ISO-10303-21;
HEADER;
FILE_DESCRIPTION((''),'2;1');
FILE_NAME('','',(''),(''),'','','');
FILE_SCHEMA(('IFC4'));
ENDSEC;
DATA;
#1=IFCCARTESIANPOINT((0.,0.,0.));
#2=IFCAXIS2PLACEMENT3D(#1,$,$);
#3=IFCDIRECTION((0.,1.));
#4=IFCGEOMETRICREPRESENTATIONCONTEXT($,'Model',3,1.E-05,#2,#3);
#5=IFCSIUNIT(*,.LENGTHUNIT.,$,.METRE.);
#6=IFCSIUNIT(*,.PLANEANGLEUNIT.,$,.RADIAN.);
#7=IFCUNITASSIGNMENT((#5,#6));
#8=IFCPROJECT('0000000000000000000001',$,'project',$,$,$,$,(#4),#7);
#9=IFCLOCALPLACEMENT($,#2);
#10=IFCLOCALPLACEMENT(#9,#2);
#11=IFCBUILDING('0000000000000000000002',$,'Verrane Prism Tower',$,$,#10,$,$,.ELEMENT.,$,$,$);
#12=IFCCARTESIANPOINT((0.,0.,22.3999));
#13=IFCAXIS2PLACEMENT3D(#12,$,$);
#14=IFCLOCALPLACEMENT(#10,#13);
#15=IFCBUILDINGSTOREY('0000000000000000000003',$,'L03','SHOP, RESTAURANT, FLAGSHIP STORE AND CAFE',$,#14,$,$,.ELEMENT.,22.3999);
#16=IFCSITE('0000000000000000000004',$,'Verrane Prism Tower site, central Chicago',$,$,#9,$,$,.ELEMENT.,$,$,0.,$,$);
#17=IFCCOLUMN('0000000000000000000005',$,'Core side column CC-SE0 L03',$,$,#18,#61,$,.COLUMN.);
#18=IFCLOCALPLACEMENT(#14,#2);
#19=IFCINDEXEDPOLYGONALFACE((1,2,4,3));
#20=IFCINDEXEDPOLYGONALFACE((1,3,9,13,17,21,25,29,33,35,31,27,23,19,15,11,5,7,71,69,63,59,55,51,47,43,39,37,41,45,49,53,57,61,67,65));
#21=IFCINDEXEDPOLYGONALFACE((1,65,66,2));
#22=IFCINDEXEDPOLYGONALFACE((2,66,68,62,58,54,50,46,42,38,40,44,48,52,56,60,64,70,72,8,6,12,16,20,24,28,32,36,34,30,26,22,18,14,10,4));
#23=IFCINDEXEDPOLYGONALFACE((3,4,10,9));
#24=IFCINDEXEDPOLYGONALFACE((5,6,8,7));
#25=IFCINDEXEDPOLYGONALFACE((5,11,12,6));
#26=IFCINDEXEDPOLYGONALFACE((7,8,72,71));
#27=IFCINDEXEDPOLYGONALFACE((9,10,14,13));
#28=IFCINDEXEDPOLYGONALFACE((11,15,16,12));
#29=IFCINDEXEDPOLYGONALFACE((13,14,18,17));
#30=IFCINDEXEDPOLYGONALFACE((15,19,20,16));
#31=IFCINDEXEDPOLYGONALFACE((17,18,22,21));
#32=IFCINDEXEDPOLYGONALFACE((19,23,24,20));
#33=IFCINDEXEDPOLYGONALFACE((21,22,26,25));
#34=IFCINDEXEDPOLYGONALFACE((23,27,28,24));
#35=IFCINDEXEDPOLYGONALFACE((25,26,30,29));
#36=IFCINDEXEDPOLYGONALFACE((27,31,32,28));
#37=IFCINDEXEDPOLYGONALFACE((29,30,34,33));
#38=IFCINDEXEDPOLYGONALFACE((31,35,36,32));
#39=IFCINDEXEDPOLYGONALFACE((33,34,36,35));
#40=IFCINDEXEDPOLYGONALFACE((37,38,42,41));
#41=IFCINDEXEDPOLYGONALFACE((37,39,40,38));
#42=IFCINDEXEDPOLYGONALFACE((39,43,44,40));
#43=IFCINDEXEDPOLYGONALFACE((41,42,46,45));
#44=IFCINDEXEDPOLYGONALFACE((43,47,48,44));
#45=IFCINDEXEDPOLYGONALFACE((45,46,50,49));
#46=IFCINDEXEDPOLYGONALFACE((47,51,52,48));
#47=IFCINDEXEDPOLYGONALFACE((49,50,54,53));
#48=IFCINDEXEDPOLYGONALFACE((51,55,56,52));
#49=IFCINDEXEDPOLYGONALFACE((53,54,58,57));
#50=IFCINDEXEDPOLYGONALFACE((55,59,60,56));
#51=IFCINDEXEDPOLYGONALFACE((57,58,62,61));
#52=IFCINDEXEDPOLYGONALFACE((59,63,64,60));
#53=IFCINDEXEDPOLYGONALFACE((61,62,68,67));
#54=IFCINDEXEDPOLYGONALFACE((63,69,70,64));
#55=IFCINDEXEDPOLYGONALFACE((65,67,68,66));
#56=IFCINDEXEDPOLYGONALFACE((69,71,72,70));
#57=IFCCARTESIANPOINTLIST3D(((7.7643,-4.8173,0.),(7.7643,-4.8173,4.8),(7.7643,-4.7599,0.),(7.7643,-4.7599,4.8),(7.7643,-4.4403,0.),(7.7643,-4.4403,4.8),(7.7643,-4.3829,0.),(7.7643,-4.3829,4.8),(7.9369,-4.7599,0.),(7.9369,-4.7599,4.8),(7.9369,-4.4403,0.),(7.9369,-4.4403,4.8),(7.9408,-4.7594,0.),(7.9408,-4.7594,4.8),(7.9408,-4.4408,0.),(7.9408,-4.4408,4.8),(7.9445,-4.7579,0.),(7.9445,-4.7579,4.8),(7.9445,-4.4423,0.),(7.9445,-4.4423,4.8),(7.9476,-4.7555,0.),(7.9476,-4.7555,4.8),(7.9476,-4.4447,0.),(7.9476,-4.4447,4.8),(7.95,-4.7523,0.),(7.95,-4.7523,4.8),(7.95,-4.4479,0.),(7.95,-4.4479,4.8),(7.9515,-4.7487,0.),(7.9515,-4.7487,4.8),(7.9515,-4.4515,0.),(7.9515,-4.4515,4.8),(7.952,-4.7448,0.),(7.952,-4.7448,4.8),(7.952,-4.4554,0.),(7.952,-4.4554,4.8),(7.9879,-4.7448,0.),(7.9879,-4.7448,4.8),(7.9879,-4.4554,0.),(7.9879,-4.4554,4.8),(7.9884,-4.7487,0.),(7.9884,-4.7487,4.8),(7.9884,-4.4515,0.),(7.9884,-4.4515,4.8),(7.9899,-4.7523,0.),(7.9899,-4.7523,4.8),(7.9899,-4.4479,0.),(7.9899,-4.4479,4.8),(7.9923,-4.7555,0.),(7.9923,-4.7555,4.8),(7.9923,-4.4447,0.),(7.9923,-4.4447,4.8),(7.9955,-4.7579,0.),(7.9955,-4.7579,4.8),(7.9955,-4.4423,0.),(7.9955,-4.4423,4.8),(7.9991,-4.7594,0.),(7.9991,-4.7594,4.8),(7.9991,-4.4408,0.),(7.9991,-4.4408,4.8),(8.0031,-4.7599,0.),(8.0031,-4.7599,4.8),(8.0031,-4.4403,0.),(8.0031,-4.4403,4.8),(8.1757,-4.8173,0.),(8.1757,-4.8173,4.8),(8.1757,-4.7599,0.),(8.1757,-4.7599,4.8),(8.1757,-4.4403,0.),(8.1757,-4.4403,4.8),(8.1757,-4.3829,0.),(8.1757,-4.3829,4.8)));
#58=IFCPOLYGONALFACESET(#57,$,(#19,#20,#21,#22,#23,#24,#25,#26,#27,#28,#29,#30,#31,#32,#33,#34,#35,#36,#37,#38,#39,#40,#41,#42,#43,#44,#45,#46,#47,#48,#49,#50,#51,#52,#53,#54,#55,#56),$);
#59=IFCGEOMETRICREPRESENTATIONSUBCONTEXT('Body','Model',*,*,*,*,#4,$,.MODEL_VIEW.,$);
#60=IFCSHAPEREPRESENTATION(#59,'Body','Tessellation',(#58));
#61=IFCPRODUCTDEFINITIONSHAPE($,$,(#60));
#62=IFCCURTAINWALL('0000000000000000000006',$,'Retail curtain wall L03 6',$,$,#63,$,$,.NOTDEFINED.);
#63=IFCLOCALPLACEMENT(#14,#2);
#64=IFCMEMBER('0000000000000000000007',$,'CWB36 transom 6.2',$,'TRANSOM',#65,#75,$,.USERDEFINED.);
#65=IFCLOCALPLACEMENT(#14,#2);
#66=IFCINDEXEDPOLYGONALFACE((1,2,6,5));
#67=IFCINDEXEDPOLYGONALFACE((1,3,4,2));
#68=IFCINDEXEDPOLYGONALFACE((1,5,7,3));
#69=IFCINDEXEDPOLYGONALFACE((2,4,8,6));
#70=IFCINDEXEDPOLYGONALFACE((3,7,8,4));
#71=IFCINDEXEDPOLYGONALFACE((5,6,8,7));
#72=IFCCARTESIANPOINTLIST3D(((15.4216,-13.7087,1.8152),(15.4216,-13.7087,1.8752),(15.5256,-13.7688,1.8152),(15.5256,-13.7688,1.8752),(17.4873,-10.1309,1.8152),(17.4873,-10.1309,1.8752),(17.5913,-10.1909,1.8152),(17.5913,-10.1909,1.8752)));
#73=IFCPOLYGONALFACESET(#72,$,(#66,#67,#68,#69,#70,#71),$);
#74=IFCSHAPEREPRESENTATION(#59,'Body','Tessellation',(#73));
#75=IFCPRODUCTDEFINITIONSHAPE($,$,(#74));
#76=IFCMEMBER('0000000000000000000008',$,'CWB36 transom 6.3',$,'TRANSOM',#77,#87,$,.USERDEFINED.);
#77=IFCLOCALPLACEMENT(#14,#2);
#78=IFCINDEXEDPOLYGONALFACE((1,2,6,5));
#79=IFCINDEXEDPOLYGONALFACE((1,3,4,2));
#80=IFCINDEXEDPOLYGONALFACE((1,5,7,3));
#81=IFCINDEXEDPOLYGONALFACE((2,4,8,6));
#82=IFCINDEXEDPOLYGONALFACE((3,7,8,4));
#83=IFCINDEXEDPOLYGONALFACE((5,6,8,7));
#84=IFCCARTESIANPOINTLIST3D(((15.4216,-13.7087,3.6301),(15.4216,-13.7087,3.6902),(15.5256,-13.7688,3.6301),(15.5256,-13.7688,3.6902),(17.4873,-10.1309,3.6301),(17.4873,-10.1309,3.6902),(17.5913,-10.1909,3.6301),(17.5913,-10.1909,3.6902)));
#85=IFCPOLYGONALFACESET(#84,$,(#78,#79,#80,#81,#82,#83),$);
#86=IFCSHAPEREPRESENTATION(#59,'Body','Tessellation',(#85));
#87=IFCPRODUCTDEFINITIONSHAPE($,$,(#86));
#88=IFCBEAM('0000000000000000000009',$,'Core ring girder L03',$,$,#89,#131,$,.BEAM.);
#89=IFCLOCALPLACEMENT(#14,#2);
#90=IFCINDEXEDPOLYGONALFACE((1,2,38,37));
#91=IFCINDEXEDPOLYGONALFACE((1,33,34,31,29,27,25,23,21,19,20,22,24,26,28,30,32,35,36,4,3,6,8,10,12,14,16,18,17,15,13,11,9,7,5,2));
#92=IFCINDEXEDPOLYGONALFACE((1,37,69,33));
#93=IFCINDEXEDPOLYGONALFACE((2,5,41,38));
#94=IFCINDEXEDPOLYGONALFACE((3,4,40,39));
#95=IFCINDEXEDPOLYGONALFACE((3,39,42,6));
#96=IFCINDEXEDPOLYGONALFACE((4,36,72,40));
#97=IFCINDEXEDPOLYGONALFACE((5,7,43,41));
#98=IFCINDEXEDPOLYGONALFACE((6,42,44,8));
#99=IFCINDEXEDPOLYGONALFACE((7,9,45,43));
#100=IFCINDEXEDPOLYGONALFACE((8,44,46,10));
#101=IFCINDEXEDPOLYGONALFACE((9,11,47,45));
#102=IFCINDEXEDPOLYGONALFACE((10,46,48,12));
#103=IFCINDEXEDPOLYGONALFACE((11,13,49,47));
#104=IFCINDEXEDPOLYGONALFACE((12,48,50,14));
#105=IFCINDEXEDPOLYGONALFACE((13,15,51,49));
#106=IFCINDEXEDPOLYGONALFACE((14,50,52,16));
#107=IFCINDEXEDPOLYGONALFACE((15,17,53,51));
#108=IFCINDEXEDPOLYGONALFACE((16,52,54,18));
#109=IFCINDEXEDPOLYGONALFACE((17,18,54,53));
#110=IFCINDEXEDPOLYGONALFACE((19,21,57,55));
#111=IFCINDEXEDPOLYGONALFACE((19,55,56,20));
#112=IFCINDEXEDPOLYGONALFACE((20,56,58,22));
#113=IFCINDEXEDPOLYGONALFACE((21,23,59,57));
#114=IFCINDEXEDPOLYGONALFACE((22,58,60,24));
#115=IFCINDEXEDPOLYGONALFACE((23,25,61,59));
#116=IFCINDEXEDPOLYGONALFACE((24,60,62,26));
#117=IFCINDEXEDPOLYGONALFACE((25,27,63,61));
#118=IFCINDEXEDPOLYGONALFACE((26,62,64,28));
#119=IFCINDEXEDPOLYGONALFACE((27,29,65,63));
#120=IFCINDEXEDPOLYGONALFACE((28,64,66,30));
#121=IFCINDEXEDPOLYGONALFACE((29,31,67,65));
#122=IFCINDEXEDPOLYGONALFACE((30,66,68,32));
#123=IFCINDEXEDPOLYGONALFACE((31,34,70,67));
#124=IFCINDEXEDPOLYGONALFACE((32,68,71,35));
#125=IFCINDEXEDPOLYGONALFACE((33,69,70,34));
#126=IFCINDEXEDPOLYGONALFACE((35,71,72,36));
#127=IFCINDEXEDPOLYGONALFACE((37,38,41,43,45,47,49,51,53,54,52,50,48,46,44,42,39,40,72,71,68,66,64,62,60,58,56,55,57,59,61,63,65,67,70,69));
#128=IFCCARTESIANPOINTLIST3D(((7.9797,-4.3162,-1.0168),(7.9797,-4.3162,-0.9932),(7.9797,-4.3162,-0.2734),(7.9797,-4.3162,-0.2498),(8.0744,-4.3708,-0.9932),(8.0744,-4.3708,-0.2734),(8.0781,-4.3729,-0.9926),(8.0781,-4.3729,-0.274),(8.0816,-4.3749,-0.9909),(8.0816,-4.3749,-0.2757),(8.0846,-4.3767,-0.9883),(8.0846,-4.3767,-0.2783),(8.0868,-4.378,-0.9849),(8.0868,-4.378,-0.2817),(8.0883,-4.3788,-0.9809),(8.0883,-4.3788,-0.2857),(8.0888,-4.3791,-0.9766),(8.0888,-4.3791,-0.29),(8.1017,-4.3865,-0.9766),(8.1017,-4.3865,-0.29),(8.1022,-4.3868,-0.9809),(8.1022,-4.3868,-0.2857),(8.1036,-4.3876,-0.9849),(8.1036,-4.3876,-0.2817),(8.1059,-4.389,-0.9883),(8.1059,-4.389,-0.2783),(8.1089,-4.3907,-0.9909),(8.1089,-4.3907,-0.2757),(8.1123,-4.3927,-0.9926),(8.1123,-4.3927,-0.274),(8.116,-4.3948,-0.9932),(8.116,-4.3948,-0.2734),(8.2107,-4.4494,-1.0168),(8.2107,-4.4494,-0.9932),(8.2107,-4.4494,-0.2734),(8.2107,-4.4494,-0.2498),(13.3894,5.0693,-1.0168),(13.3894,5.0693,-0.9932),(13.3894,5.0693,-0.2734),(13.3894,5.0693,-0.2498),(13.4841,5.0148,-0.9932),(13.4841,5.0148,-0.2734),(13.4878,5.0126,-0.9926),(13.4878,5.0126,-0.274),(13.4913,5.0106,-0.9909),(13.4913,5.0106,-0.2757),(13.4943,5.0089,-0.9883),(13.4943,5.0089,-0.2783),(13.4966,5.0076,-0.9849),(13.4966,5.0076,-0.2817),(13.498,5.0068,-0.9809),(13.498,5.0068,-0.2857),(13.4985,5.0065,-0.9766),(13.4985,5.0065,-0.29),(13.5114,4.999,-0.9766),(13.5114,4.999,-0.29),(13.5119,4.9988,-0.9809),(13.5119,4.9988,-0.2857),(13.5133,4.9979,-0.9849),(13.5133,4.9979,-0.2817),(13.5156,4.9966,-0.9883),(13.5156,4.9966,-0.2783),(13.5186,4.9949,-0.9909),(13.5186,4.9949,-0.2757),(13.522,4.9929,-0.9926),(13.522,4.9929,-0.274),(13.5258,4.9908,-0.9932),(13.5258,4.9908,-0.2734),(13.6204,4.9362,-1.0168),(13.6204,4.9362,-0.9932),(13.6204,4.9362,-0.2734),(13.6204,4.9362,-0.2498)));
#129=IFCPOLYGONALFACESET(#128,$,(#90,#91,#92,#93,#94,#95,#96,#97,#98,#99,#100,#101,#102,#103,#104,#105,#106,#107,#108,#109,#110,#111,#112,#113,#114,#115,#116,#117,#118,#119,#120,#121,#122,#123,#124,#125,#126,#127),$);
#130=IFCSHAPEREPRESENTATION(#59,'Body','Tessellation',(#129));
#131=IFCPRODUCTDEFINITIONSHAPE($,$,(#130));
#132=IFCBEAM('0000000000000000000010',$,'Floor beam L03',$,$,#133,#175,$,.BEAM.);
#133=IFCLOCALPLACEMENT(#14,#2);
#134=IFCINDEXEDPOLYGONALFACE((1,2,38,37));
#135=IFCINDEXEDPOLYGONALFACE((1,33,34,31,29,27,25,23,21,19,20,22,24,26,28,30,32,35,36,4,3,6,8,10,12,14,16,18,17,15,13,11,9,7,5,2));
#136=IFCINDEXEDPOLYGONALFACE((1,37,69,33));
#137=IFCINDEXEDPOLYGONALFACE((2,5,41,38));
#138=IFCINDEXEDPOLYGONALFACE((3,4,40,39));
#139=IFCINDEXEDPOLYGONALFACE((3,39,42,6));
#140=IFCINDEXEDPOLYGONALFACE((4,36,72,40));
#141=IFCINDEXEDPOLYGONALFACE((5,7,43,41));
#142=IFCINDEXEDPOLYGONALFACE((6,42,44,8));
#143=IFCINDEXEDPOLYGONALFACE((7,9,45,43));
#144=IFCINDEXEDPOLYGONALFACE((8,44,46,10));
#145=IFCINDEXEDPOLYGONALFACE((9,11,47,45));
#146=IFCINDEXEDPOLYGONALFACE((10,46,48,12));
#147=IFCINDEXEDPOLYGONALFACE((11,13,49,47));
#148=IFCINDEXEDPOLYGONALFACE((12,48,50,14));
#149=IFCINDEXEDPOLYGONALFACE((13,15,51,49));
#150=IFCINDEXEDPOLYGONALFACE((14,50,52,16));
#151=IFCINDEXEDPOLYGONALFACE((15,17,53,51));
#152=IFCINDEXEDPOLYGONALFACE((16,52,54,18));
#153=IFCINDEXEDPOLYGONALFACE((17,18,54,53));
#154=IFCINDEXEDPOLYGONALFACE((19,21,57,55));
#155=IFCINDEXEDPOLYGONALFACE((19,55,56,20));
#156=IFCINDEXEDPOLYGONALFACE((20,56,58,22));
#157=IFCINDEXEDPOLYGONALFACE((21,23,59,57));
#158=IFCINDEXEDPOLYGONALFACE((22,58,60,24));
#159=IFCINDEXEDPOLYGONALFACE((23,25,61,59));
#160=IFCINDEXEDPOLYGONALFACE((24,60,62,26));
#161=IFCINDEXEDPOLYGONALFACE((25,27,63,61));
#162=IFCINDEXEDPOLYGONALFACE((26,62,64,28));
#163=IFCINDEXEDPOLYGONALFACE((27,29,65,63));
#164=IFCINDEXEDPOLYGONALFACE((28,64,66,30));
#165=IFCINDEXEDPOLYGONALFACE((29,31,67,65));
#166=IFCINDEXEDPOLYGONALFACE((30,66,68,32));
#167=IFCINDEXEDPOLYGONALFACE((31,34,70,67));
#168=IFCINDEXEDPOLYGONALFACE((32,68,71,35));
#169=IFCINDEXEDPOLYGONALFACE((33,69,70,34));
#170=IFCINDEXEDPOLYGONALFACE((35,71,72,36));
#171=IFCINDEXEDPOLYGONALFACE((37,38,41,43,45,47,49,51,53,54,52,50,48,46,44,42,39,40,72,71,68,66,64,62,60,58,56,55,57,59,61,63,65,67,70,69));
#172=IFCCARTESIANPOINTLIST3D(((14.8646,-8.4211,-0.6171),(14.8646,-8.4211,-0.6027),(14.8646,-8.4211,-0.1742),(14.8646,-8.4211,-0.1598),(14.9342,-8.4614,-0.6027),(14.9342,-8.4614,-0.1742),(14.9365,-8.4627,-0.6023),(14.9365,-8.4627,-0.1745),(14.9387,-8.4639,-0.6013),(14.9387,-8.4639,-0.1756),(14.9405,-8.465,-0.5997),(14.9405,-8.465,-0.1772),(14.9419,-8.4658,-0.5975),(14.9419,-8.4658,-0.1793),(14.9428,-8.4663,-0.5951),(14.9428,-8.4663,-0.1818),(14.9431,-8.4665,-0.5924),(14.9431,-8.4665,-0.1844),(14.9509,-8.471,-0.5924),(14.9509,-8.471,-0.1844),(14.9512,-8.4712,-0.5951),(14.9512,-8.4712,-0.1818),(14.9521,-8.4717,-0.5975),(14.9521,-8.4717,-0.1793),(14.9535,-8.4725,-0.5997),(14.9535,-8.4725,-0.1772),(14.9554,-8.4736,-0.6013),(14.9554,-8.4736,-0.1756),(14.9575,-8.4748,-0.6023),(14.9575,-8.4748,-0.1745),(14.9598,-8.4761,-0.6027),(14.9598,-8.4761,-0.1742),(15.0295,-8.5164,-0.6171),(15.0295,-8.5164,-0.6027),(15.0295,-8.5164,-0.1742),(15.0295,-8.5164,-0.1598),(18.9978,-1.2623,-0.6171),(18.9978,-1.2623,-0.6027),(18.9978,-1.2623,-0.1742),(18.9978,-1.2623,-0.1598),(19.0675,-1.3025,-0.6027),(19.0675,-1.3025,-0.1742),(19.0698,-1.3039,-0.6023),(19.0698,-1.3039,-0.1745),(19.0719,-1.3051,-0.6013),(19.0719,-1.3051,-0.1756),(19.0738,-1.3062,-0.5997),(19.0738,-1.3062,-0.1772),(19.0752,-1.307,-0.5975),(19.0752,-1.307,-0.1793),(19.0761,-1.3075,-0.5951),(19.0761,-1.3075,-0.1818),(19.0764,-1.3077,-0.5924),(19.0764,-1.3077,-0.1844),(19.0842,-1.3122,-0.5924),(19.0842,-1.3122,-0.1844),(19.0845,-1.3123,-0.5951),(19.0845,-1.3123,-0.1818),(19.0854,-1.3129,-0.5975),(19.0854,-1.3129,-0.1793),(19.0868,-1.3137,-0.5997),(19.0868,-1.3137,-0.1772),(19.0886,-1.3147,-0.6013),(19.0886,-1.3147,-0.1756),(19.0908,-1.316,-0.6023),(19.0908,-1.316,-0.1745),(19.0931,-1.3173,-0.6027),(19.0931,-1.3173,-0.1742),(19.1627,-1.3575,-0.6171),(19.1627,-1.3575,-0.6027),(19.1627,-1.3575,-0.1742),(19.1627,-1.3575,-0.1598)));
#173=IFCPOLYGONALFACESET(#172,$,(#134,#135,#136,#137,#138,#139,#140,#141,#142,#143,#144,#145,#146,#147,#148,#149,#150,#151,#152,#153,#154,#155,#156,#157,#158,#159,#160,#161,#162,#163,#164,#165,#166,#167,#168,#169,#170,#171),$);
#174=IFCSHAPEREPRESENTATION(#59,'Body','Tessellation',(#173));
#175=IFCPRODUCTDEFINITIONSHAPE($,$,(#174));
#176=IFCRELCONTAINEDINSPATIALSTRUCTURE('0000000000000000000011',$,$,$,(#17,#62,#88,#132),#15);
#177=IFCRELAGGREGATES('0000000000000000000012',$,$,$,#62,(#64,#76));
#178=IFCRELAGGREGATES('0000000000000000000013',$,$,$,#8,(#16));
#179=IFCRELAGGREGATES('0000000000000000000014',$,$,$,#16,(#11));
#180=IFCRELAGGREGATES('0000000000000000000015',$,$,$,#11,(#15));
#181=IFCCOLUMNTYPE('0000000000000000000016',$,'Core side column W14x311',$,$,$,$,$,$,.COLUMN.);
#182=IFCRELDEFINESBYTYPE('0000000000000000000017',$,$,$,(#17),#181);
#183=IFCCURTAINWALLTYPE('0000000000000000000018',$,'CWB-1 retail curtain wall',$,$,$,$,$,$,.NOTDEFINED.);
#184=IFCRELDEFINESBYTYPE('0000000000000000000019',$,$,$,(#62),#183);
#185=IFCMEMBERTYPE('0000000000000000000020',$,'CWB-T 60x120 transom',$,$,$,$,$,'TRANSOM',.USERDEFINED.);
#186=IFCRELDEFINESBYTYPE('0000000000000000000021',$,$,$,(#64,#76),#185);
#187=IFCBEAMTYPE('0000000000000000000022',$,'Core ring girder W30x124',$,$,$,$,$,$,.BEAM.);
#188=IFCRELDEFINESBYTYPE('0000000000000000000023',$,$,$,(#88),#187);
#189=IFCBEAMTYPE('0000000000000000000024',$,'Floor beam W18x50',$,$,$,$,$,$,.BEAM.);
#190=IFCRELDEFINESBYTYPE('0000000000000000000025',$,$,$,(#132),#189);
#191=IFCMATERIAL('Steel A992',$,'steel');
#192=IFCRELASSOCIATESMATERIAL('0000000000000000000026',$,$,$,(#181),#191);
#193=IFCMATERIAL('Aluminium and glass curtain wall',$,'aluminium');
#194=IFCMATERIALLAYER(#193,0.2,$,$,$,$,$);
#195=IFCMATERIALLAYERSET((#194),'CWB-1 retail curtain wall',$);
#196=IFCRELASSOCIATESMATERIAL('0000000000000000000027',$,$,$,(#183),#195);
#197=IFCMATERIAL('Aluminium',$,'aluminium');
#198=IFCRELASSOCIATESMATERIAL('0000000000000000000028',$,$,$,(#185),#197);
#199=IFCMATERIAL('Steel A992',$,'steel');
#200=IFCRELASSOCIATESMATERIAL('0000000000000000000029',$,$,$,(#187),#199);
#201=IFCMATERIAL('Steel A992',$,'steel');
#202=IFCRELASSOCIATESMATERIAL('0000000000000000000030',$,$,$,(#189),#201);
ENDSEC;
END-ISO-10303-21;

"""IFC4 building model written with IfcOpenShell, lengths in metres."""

from ifc_helpers import new_model, si_unit, direction, frame, origin, origin_2d, place, context, subcontext, project, spatial, rectangle, i_section, extrude, material, layer, layer_set, material_profile, profile_set, type_object, element, aggregate, save


model = new_model("IFC4")

# Units and contexts
model_context = context("Model", 3, precision=1e-05, world=origin(), true_north=direction((0.0, 1.0)))
body_context = subcontext(model_context, "Body", "Model", "MODEL_VIEW")
ifc_project = project(units=[si_unit("LENGTHUNIT", "METRE"), si_unit("PLANEANGLEUNIT", "RADIAN")], contexts=[model_context])

# Site, building, storey
site_placement = place(None, origin())
site = spatial("IfcSite", under=ifc_project, at=site_placement, Name="Verrane Prism Tower site, central Chicago", CompositionType="ELEMENT", RefElevation=0.0)
building_placement = place(site_placement, origin())
building = spatial("IfcBuilding", under=site, at=building_placement, Name="Verrane Prism Tower", CompositionType="ELEMENT")
storey_placement = place(building_placement, frame((0.0, 0.0, 22.3999)))
storey = spatial("IfcBuildingStorey", under=building, at=storey_placement, Name="L03", Description="SHOP, RESTAURANT, FLAGSHIP STORE AND CAFE", CompositionType="ELEMENT", Elevation=22.3999)

# Column
ifc_material_1 = material(Name="Steel A992", Category="steel")
ifc_material_profile_1 = material_profile(ifc_material_1, i_section(OverallWidth=0.4114, OverallDepth=0.4343, WebThickness=0.0359, FlangeThickness=0.0574, FilletRadius=0.0151, at=origin_2d()), Name="W14x311")
ifc_profile_set_1 = profile_set([ifc_material_profile_1], Name="Steel A992")
column_type = type_object("IfcColumnType", Name="Core side column W14x311", PredefinedType="COLUMN", material=ifc_profile_set_1)
column_placement = place(storey_placement, frame((7.97, -4.6001, 0.0), z_axis=(0.0, 0.0, 1.0), x_axis=(1.0, 0.0, 0.0)))
element("IfcColumn", 1, at=column_placement, inside=storey, type_object=column_type, Name="Core side column CC-SE0 L03", PredefinedType="COLUMN", context=body_context, shape_type="SweptSolid", body=[
    extrude(i_section(OverallWidth=0.4114, OverallDepth=0.4343, WebThickness=0.0359, FlangeThickness=0.0574, FilletRadius=0.0151, at=origin_2d()), origin(), (0.0, 0.0, 1.0), 4.8),
])

# Curtain wall, members
ifc_material_2 = material(Name="Aluminium and glass curtain wall", Category="aluminium")
ifc_layer_1 = layer(ifc_material_2, 0.2)
ifc_layer_set_1 = layer_set([ifc_layer_1], Name="CWB-1 retail curtain wall")
curtain_wall_type = type_object("IfcCurtainWallType", Name="CWB-1 retail curtain wall", PredefinedType="NOTDEFINED", material=ifc_layer_set_1)
curtain_wall_placement = place(storey_placement, origin())
curtain_wall = element("IfcCurtainWall", 2, at=curtain_wall_placement, inside=storey, type_object=curtain_wall_type, Name="Retail curtain wall L03 6", PredefinedType="NOTDEFINED")
ifc_material_3 = material(Name="Aluminium", Category="aluminium")
ifc_material_profile_2 = material_profile(ifc_material_3, rectangle(XDim=0.1201, YDim=0.0601, at=origin_2d()), Name="CWB-T 60x120 transom")
ifc_profile_set_2 = profile_set([ifc_material_profile_2], Name="Aluminium")
member_type = type_object("IfcMemberType", Name="CWB-T 60x120 transom", ElementType="TRANSOM", PredefinedType="USERDEFINED", material=ifc_profile_set_2)
member_1_placement = place(storey_placement, frame((15.4736, -13.7388, 1.8452), z_axis=(0.499997, 0.866027, 0.0), x_axis=(-0.866027, 0.499997, 0.0)))
member_1 = element("IfcMember", 3, at=member_1_placement, type_object=member_type, Name="CWB36 transom 6.2", ObjectType="TRANSOM", PredefinedType="USERDEFINED", context=body_context, shape_type="SweptSolid", body=[
    extrude(rectangle(XDim=0.1201, YDim=0.0601, at=origin_2d()), origin(), (0.0, 0.0, 1.0), 4.1313),
])
member_2_placement = place(storey_placement, frame((15.4736, -13.7388, 3.6602), z_axis=(0.499997, 0.866027, 0.0), x_axis=(-0.866027, 0.499997, 0.0)))
member_2 = element("IfcMember", 4, at=member_2_placement, type_object=member_type, Name="CWB36 transom 6.3", ObjectType="TRANSOM", PredefinedType="USERDEFINED", context=body_context, shape_type="SweptSolid", body=[
    extrude(rectangle(XDim=0.1201, YDim=0.0601, at=origin_2d()), origin(), (0.0, 0.0, 1.0), 4.1313),
])
aggregate(curtain_wall, [member_1, member_2])

# Beams
ifc_material_4 = material(Name="Steel A992", Category="steel")
ifc_material_profile_3 = material_profile(ifc_material_4, i_section(OverallWidth=0.2666, OverallDepth=0.7671, WebThickness=0.0149, FlangeThickness=0.0237, FilletRadius=0.0166, at=origin_2d()), Name="W30x124")
ifc_profile_set_3 = profile_set([ifc_material_profile_3], Name="Steel A992")
beam_type_1 = type_object("IfcBeamType", Name="Core ring girder W30x124", PredefinedType="BEAM", material=ifc_profile_set_3)
beam_1_placement = place(storey_placement, frame((8.0952, -4.3828, -0.6333), z_axis=(0.499373, 0.866387, 0.0), x_axis=(-0.866387, 0.499373, 0.0)))
element("IfcBeam", 5, at=beam_1_placement, inside=storey, type_object=beam_type_1, Name="Core ring girder L03", PredefinedType="BEAM", context=body_context, shape_type="SweptSolid", body=[
    extrude(i_section(OverallWidth=0.2666, OverallDepth=0.7671, WebThickness=0.0149, FlangeThickness=0.0237, FilletRadius=0.0166, at=origin_2d()), origin(), (0.0, 0.0, 1.0), 10.833),
])
ifc_material_5 = material(Name="Steel A992", Category="steel")
ifc_material_profile_4 = material_profile(ifc_material_5, i_section(OverallWidth=0.1904, OverallDepth=0.4573, WebThickness=0.009, FlangeThickness=0.0144, FilletRadius=0.0103, at=origin_2d()), Name="W18x50")
ifc_profile_set_4 = profile_set([ifc_material_profile_4], Name="Steel A992")
beam_type_2 = type_object("IfcBeamType", Name="Floor beam W18x50", PredefinedType="BEAM", material=ifc_profile_set_4)
beam_2_placement = place(storey_placement, frame((14.947, -8.4688, -0.3884), z_axis=(0.500008, 0.866021, 0.0), x_axis=(-0.866021, 0.500008, 0.0)))
element("IfcBeam", 6, at=beam_2_placement, inside=storey, type_object=beam_type_2, Name="Floor beam L03", PredefinedType="BEAM", context=body_context, shape_type="SweptSolid", body=[
    extrude(i_section(OverallWidth=0.1904, OverallDepth=0.4573, WebThickness=0.009, FlangeThickness=0.0144, FilletRadius=0.0103, at=origin_2d()), origin(), (0.0, 0.0, 1.0), 8.2664),
])

save(model, "model.ifc")
